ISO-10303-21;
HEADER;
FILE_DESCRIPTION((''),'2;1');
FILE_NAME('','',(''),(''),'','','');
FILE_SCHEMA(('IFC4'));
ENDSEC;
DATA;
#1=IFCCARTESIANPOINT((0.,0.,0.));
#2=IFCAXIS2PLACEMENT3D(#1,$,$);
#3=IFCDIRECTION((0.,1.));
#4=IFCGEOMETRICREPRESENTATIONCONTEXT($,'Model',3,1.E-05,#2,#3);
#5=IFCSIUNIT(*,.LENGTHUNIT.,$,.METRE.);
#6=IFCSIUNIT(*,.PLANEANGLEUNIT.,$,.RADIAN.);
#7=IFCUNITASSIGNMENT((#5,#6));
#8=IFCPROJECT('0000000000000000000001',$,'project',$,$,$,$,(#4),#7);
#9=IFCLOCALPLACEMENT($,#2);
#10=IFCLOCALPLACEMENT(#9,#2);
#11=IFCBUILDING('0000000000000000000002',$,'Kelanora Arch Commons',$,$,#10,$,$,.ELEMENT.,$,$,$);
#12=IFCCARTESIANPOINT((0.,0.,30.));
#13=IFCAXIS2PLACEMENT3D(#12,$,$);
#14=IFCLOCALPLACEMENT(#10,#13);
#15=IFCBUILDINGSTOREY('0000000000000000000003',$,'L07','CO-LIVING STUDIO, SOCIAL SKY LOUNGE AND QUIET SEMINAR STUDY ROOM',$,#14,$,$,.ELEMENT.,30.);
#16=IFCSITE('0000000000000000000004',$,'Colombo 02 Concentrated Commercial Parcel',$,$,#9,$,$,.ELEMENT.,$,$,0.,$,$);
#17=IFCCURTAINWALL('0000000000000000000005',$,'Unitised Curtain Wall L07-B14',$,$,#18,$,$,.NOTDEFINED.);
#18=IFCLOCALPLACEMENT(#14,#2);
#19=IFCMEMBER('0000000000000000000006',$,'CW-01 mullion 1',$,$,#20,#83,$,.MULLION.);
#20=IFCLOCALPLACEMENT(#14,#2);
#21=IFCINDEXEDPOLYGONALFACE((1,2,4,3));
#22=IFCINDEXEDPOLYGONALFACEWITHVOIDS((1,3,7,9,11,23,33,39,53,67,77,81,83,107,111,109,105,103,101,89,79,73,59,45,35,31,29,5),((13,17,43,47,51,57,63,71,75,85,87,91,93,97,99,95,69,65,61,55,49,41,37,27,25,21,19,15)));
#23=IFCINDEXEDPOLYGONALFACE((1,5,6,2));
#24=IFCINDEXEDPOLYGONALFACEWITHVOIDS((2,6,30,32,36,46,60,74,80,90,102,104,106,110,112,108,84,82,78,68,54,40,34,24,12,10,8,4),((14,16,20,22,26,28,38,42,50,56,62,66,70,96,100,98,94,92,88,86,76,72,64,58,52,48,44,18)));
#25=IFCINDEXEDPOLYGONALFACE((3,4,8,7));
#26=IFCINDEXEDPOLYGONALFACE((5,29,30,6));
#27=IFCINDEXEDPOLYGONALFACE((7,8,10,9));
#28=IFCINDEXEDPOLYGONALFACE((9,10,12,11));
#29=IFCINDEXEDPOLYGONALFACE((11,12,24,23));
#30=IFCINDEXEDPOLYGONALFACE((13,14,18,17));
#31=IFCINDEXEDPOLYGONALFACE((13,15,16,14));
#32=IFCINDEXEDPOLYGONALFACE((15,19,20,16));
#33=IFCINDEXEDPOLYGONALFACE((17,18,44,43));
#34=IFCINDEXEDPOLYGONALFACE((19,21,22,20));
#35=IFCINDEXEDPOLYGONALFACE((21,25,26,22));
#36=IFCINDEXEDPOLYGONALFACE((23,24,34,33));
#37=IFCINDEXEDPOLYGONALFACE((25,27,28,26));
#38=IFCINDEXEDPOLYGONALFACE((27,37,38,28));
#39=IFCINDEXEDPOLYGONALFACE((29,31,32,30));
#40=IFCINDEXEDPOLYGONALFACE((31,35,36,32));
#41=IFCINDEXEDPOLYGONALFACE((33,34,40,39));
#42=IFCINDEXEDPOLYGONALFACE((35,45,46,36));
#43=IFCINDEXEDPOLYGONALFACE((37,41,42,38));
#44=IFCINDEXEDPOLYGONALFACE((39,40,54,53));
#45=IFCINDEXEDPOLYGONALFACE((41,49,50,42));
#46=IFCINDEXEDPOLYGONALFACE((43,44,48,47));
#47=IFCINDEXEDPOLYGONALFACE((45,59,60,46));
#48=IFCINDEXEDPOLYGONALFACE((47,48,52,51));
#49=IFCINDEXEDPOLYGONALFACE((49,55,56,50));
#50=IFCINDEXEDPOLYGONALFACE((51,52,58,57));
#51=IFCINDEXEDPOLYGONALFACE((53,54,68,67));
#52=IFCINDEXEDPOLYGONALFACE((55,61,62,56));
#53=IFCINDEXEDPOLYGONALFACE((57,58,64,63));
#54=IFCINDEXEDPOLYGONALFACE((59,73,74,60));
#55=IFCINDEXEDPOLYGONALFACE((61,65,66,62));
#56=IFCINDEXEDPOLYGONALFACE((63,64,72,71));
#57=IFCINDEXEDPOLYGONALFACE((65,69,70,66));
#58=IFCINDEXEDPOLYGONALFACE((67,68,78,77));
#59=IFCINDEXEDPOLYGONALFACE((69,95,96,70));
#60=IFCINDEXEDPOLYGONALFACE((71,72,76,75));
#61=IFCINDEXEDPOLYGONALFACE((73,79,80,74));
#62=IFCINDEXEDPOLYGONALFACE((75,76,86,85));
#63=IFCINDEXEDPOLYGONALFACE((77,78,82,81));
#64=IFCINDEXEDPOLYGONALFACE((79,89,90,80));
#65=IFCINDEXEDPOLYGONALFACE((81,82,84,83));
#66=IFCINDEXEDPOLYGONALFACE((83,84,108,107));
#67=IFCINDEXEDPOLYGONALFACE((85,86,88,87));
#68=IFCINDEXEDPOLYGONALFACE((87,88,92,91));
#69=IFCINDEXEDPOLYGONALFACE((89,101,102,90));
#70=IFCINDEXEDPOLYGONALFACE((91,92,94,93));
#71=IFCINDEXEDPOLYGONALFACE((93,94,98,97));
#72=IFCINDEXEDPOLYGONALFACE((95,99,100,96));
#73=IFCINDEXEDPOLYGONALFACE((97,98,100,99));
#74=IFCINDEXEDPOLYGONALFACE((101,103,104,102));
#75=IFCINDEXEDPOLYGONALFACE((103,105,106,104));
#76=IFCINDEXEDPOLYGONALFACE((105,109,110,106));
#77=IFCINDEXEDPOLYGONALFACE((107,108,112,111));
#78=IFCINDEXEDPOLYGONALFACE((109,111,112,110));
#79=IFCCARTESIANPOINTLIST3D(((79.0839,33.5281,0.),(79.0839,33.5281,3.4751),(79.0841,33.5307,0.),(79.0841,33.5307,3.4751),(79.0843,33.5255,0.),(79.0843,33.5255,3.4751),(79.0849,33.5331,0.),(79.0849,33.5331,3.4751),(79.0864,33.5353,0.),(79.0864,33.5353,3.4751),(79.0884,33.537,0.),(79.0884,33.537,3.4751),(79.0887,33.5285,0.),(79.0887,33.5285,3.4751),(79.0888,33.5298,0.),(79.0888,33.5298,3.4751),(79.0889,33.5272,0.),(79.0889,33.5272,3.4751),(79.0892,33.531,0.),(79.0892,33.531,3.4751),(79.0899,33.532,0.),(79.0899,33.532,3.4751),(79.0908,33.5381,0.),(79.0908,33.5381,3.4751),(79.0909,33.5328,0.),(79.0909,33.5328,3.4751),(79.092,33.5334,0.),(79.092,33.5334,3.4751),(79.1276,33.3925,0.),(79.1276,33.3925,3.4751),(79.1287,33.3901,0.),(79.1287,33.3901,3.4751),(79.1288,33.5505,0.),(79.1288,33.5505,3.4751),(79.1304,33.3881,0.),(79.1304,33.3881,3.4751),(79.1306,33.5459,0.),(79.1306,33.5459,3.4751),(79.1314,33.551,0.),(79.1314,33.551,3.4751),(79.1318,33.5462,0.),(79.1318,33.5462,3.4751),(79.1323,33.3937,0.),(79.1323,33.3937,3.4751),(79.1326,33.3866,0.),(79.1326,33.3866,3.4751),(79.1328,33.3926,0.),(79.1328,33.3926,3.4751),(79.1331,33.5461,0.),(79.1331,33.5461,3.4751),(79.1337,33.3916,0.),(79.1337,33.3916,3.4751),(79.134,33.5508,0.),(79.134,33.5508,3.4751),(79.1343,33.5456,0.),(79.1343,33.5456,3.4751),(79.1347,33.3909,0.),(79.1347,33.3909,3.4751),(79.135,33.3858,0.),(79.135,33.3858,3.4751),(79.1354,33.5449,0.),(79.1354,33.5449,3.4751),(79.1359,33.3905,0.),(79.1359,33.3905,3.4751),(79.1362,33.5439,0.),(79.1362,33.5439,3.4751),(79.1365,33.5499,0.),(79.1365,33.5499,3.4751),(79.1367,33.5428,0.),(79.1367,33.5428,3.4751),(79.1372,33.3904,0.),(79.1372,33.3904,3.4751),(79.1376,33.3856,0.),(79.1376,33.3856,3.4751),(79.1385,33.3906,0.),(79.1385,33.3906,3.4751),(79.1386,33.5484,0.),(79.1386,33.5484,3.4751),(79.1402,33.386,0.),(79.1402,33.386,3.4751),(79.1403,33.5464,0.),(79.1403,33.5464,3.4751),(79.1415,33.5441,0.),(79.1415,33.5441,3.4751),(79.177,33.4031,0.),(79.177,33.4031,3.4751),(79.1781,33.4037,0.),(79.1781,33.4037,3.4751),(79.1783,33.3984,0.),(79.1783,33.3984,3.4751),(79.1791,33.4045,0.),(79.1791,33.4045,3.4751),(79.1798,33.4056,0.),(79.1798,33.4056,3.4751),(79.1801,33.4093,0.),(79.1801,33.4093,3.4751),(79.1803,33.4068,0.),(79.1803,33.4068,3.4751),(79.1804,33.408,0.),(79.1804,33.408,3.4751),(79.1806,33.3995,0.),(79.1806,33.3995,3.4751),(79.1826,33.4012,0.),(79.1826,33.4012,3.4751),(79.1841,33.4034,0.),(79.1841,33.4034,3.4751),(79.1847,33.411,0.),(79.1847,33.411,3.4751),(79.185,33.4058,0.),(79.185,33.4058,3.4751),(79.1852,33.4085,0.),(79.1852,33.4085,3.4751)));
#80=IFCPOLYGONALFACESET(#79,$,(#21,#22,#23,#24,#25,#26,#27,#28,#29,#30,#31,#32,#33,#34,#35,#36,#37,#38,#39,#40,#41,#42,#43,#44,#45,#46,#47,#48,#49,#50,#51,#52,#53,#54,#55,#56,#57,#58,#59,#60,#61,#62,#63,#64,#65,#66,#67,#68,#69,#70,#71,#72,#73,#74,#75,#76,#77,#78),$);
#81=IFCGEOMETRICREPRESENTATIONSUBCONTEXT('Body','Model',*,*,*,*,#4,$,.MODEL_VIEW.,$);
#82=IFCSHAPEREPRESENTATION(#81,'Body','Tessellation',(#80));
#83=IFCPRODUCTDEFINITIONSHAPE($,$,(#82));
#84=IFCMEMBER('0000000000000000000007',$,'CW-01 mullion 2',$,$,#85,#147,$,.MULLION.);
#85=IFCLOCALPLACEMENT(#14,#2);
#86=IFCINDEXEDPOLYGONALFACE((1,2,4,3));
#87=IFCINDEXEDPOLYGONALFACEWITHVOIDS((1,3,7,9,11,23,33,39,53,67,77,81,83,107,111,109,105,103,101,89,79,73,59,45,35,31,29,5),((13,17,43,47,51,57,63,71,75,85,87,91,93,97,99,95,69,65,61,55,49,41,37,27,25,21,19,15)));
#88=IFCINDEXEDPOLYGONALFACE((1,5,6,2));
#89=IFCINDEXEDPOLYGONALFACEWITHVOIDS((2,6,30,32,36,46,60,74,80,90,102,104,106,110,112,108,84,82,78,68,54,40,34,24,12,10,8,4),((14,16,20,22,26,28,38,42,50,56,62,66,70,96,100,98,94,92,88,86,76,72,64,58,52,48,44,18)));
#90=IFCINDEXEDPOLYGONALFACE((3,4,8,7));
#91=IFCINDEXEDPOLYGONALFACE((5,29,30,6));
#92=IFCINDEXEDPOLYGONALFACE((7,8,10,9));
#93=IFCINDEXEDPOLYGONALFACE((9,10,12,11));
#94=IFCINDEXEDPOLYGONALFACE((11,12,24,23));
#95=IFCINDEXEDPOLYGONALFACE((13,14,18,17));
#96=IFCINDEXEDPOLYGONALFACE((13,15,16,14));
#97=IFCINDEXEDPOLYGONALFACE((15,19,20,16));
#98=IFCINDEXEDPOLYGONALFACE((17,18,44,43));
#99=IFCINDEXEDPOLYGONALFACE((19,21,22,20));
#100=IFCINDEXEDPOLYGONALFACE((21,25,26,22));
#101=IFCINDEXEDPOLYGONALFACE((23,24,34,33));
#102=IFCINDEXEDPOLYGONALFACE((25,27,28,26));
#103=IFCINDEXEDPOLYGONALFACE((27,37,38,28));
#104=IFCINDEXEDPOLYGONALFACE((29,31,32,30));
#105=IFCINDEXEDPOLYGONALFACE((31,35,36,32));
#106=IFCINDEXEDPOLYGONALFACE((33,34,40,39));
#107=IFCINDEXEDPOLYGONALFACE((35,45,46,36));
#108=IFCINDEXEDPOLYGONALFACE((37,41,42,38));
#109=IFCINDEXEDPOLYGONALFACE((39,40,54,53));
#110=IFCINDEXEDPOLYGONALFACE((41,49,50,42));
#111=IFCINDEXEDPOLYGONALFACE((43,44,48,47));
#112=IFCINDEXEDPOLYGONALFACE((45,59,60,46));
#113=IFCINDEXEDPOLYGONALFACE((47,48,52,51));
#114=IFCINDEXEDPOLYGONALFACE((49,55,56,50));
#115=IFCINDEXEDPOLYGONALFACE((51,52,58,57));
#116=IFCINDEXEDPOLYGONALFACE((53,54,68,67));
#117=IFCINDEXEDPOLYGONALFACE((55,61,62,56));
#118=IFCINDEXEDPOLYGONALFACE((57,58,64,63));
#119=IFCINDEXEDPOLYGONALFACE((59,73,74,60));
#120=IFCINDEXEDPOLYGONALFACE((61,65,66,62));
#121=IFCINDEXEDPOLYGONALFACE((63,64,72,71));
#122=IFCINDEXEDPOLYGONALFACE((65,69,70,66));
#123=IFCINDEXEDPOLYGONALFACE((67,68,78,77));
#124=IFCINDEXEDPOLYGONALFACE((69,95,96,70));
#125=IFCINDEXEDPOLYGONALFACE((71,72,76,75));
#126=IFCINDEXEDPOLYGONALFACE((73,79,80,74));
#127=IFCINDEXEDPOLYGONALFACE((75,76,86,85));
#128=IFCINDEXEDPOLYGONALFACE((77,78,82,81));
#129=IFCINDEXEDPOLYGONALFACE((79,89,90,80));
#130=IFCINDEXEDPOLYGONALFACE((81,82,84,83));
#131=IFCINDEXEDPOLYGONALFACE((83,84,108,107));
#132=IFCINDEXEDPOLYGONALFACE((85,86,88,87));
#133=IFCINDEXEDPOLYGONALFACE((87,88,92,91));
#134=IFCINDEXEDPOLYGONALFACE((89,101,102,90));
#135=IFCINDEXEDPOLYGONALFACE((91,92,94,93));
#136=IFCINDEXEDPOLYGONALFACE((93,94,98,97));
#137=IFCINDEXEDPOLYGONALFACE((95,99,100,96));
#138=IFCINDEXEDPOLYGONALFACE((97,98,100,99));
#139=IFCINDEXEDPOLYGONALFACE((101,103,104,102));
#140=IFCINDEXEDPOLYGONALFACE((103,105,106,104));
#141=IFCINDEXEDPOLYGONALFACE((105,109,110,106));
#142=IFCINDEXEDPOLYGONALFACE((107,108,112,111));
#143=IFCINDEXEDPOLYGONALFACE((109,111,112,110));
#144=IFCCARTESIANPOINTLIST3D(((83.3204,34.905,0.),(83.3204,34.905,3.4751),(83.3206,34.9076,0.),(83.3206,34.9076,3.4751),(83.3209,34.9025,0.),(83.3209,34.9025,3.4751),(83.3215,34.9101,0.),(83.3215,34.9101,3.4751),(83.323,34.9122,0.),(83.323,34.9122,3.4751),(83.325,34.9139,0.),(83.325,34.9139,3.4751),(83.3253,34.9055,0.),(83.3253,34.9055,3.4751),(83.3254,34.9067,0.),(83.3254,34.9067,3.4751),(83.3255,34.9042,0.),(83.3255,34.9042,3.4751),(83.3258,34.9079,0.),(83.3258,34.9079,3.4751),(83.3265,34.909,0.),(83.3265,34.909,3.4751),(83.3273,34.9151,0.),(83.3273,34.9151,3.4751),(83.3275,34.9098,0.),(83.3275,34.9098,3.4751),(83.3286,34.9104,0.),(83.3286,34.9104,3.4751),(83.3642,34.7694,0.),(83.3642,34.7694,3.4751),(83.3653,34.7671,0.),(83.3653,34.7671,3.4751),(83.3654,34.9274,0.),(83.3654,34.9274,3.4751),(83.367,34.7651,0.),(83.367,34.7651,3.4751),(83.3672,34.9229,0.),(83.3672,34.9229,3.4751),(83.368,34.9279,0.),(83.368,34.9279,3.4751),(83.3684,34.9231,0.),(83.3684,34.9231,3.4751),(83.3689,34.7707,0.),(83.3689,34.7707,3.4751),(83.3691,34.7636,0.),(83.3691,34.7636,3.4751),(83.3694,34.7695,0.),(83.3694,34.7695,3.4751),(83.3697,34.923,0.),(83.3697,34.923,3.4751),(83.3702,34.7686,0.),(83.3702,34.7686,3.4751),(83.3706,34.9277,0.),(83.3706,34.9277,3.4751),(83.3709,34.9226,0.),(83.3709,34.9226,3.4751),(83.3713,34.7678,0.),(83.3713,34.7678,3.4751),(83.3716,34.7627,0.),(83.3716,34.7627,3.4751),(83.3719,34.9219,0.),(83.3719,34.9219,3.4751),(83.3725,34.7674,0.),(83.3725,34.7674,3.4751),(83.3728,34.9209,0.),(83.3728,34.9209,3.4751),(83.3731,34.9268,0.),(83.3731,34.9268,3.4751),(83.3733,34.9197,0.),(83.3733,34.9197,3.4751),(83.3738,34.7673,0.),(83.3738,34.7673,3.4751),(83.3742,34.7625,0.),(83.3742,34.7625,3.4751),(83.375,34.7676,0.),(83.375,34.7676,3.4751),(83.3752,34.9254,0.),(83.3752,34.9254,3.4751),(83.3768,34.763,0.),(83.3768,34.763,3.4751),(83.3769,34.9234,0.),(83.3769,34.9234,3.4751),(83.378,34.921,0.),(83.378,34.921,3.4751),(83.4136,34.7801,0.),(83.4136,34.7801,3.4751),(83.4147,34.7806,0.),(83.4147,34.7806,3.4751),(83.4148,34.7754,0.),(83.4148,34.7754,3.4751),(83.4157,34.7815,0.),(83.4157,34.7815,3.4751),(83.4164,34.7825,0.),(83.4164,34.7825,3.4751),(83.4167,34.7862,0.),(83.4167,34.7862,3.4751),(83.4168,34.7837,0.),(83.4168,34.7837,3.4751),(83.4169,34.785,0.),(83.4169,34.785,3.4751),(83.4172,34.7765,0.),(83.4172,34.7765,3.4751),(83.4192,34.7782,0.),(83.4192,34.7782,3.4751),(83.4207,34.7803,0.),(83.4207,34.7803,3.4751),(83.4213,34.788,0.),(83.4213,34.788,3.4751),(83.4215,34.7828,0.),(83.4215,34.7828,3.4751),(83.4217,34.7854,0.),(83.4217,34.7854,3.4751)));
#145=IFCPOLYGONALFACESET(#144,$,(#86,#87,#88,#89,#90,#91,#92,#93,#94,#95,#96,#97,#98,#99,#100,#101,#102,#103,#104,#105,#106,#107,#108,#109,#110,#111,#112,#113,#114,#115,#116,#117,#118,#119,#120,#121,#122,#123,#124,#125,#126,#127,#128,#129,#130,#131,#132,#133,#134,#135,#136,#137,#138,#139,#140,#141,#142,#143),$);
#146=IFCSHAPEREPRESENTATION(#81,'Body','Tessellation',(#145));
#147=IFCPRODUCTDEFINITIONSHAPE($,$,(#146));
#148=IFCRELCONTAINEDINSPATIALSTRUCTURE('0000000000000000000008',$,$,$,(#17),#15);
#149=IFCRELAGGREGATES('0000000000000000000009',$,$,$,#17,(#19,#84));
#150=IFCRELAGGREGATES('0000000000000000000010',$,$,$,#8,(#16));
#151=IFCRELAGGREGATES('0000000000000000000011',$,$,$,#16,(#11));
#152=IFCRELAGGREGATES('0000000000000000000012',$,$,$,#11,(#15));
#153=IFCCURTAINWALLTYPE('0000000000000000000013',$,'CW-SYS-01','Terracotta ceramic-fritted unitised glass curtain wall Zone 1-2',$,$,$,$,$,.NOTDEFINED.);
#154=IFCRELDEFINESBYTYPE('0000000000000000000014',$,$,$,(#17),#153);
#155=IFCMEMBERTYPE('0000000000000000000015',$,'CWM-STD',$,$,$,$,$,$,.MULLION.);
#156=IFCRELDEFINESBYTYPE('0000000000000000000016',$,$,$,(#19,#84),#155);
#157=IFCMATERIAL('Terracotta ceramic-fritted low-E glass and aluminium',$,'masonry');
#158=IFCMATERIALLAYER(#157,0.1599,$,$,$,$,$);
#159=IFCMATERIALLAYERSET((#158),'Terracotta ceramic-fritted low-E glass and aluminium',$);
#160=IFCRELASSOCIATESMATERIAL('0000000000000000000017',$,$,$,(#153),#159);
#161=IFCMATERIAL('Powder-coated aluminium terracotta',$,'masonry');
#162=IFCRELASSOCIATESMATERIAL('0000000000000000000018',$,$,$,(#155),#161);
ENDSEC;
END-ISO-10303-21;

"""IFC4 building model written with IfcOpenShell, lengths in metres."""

from ifc_helpers import new_model, si_unit, direction, frame, origin, origin_2d, place, context, subcontext, project, spatial, hollow_rectangle, extrude, material, layer, layer_set, material_profile, profile_set, type_object, element, aggregate, save


model = new_model("IFC4")

# Units and contexts
model_context = context("Model", 3, precision=1e-05, world=origin(), true_north=direction((0.0, 1.0)))
body_context = subcontext(model_context, "Body", "Model", "MODEL_VIEW")
ifc_project = project(units=[si_unit("LENGTHUNIT", "METRE"), si_unit("PLANEANGLEUNIT", "RADIAN")], contexts=[model_context])

# Site, building, storey
site_placement = place(None, origin())
site = spatial("IfcSite", under=ifc_project, at=site_placement, Name="Colombo 02 Concentrated Commercial Parcel", CompositionType="ELEMENT", RefElevation=0.0)
building_placement = place(site_placement, origin())
building = spatial("IfcBuilding", under=site, at=building_placement, Name="Kelanora Arch Commons", CompositionType="ELEMENT")
storey_placement = place(building_placement, frame((0.0, 0.0, 30.0)))
storey = spatial("IfcBuildingStorey", under=building, at=storey_placement, Name="L07", Description="CO-LIVING STUDIO, SOCIAL SKY LOUNGE AND QUIET SEMINAR STUDY ROOM", CompositionType="ELEMENT", Elevation=30.0)

# Curtain wall, members
ifc_material_1 = material(Name="Terracotta ceramic-fritted low-E glass and aluminium", Category="masonry")
ifc_layer_1 = layer(ifc_material_1, 0.1599)
ifc_layer_set_1 = layer_set([ifc_layer_1], Name="Terracotta ceramic-fritted low-E glass and aluminium")
curtain_wall_type = type_object("IfcCurtainWallType", Name="CW-SYS-01", Description="Terracotta ceramic-fritted unitised glass curtain wall Zone 1-2", PredefinedType="NOTDEFINED", material=ifc_layer_set_1)
curtain_wall_placement = place(storey_placement, origin())
curtain_wall = element("IfcCurtainWall", 1, at=curtain_wall_placement, inside=storey, type_object=curtain_wall_type, Name="Unitised Curtain Wall L07-B14", PredefinedType="NOTDEFINED")
ifc_material_2 = material(Name="Powder-coated aluminium terracotta", Category="masonry")
ifc_material_profile_1 = material_profile(ifc_material_2, hollow_rectangle(XDim=0.1599, YDim=0.0601, WallThickness=0.0049, InnerFilletRadius=0.0049, OuterFilletRadius=0.01, at=origin_2d()), Name="CWM160x60")
ifc_profile_set_1 = profile_set([ifc_material_profile_1], Name="Powder-coated aluminium terracotta")
member_type_1 = type_object("IfcMemberType", Name="CWM-STD", PredefinedType="MULLION", material=ifc_profile_set_1)
member_1_placement = place(storey_placement, frame((79.1345, 33.4683, 0.0), z_axis=(0.0, 0.0, 1.0), x_axis=(-0.309058, 0.951043, 0.0)))
member_1 = element("IfcMember", 2, at=member_1_placement, type_object=member_type_1, Name="CW-01 mullion 1", PredefinedType="MULLION", context=body_context, shape_type="SweptSolid", body=[
    extrude(hollow_rectangle(XDim=0.1599, YDim=0.0601, WallThickness=0.0049, InnerFilletRadius=0.0049, OuterFilletRadius=0.01, at=origin_2d()), origin(), (0.0, 0.0, 1.0), 3.4751),
])
member_2_placement = place(storey_placement, frame((83.3711, 34.8452, 0.0), z_axis=(0.0, 0.0, 1.0), x_axis=(-0.309058, 0.951043, 0.0)))
member_2 = element("IfcMember", 3, at=member_2_placement, type_object=member_type_1, Name="CW-01 mullion 2", PredefinedType="MULLION", context=body_context, shape_type="SweptSolid", body=[
    extrude(hollow_rectangle(XDim=0.1599, YDim=0.0601, WallThickness=0.0049, InnerFilletRadius=0.0049, OuterFilletRadius=0.01, at=origin_2d()), origin(), (0.0, 0.0, 1.0), 3.4751),
])
aggregate(curtain_wall, [member_1, member_2])

save(model, "model.ifc")
